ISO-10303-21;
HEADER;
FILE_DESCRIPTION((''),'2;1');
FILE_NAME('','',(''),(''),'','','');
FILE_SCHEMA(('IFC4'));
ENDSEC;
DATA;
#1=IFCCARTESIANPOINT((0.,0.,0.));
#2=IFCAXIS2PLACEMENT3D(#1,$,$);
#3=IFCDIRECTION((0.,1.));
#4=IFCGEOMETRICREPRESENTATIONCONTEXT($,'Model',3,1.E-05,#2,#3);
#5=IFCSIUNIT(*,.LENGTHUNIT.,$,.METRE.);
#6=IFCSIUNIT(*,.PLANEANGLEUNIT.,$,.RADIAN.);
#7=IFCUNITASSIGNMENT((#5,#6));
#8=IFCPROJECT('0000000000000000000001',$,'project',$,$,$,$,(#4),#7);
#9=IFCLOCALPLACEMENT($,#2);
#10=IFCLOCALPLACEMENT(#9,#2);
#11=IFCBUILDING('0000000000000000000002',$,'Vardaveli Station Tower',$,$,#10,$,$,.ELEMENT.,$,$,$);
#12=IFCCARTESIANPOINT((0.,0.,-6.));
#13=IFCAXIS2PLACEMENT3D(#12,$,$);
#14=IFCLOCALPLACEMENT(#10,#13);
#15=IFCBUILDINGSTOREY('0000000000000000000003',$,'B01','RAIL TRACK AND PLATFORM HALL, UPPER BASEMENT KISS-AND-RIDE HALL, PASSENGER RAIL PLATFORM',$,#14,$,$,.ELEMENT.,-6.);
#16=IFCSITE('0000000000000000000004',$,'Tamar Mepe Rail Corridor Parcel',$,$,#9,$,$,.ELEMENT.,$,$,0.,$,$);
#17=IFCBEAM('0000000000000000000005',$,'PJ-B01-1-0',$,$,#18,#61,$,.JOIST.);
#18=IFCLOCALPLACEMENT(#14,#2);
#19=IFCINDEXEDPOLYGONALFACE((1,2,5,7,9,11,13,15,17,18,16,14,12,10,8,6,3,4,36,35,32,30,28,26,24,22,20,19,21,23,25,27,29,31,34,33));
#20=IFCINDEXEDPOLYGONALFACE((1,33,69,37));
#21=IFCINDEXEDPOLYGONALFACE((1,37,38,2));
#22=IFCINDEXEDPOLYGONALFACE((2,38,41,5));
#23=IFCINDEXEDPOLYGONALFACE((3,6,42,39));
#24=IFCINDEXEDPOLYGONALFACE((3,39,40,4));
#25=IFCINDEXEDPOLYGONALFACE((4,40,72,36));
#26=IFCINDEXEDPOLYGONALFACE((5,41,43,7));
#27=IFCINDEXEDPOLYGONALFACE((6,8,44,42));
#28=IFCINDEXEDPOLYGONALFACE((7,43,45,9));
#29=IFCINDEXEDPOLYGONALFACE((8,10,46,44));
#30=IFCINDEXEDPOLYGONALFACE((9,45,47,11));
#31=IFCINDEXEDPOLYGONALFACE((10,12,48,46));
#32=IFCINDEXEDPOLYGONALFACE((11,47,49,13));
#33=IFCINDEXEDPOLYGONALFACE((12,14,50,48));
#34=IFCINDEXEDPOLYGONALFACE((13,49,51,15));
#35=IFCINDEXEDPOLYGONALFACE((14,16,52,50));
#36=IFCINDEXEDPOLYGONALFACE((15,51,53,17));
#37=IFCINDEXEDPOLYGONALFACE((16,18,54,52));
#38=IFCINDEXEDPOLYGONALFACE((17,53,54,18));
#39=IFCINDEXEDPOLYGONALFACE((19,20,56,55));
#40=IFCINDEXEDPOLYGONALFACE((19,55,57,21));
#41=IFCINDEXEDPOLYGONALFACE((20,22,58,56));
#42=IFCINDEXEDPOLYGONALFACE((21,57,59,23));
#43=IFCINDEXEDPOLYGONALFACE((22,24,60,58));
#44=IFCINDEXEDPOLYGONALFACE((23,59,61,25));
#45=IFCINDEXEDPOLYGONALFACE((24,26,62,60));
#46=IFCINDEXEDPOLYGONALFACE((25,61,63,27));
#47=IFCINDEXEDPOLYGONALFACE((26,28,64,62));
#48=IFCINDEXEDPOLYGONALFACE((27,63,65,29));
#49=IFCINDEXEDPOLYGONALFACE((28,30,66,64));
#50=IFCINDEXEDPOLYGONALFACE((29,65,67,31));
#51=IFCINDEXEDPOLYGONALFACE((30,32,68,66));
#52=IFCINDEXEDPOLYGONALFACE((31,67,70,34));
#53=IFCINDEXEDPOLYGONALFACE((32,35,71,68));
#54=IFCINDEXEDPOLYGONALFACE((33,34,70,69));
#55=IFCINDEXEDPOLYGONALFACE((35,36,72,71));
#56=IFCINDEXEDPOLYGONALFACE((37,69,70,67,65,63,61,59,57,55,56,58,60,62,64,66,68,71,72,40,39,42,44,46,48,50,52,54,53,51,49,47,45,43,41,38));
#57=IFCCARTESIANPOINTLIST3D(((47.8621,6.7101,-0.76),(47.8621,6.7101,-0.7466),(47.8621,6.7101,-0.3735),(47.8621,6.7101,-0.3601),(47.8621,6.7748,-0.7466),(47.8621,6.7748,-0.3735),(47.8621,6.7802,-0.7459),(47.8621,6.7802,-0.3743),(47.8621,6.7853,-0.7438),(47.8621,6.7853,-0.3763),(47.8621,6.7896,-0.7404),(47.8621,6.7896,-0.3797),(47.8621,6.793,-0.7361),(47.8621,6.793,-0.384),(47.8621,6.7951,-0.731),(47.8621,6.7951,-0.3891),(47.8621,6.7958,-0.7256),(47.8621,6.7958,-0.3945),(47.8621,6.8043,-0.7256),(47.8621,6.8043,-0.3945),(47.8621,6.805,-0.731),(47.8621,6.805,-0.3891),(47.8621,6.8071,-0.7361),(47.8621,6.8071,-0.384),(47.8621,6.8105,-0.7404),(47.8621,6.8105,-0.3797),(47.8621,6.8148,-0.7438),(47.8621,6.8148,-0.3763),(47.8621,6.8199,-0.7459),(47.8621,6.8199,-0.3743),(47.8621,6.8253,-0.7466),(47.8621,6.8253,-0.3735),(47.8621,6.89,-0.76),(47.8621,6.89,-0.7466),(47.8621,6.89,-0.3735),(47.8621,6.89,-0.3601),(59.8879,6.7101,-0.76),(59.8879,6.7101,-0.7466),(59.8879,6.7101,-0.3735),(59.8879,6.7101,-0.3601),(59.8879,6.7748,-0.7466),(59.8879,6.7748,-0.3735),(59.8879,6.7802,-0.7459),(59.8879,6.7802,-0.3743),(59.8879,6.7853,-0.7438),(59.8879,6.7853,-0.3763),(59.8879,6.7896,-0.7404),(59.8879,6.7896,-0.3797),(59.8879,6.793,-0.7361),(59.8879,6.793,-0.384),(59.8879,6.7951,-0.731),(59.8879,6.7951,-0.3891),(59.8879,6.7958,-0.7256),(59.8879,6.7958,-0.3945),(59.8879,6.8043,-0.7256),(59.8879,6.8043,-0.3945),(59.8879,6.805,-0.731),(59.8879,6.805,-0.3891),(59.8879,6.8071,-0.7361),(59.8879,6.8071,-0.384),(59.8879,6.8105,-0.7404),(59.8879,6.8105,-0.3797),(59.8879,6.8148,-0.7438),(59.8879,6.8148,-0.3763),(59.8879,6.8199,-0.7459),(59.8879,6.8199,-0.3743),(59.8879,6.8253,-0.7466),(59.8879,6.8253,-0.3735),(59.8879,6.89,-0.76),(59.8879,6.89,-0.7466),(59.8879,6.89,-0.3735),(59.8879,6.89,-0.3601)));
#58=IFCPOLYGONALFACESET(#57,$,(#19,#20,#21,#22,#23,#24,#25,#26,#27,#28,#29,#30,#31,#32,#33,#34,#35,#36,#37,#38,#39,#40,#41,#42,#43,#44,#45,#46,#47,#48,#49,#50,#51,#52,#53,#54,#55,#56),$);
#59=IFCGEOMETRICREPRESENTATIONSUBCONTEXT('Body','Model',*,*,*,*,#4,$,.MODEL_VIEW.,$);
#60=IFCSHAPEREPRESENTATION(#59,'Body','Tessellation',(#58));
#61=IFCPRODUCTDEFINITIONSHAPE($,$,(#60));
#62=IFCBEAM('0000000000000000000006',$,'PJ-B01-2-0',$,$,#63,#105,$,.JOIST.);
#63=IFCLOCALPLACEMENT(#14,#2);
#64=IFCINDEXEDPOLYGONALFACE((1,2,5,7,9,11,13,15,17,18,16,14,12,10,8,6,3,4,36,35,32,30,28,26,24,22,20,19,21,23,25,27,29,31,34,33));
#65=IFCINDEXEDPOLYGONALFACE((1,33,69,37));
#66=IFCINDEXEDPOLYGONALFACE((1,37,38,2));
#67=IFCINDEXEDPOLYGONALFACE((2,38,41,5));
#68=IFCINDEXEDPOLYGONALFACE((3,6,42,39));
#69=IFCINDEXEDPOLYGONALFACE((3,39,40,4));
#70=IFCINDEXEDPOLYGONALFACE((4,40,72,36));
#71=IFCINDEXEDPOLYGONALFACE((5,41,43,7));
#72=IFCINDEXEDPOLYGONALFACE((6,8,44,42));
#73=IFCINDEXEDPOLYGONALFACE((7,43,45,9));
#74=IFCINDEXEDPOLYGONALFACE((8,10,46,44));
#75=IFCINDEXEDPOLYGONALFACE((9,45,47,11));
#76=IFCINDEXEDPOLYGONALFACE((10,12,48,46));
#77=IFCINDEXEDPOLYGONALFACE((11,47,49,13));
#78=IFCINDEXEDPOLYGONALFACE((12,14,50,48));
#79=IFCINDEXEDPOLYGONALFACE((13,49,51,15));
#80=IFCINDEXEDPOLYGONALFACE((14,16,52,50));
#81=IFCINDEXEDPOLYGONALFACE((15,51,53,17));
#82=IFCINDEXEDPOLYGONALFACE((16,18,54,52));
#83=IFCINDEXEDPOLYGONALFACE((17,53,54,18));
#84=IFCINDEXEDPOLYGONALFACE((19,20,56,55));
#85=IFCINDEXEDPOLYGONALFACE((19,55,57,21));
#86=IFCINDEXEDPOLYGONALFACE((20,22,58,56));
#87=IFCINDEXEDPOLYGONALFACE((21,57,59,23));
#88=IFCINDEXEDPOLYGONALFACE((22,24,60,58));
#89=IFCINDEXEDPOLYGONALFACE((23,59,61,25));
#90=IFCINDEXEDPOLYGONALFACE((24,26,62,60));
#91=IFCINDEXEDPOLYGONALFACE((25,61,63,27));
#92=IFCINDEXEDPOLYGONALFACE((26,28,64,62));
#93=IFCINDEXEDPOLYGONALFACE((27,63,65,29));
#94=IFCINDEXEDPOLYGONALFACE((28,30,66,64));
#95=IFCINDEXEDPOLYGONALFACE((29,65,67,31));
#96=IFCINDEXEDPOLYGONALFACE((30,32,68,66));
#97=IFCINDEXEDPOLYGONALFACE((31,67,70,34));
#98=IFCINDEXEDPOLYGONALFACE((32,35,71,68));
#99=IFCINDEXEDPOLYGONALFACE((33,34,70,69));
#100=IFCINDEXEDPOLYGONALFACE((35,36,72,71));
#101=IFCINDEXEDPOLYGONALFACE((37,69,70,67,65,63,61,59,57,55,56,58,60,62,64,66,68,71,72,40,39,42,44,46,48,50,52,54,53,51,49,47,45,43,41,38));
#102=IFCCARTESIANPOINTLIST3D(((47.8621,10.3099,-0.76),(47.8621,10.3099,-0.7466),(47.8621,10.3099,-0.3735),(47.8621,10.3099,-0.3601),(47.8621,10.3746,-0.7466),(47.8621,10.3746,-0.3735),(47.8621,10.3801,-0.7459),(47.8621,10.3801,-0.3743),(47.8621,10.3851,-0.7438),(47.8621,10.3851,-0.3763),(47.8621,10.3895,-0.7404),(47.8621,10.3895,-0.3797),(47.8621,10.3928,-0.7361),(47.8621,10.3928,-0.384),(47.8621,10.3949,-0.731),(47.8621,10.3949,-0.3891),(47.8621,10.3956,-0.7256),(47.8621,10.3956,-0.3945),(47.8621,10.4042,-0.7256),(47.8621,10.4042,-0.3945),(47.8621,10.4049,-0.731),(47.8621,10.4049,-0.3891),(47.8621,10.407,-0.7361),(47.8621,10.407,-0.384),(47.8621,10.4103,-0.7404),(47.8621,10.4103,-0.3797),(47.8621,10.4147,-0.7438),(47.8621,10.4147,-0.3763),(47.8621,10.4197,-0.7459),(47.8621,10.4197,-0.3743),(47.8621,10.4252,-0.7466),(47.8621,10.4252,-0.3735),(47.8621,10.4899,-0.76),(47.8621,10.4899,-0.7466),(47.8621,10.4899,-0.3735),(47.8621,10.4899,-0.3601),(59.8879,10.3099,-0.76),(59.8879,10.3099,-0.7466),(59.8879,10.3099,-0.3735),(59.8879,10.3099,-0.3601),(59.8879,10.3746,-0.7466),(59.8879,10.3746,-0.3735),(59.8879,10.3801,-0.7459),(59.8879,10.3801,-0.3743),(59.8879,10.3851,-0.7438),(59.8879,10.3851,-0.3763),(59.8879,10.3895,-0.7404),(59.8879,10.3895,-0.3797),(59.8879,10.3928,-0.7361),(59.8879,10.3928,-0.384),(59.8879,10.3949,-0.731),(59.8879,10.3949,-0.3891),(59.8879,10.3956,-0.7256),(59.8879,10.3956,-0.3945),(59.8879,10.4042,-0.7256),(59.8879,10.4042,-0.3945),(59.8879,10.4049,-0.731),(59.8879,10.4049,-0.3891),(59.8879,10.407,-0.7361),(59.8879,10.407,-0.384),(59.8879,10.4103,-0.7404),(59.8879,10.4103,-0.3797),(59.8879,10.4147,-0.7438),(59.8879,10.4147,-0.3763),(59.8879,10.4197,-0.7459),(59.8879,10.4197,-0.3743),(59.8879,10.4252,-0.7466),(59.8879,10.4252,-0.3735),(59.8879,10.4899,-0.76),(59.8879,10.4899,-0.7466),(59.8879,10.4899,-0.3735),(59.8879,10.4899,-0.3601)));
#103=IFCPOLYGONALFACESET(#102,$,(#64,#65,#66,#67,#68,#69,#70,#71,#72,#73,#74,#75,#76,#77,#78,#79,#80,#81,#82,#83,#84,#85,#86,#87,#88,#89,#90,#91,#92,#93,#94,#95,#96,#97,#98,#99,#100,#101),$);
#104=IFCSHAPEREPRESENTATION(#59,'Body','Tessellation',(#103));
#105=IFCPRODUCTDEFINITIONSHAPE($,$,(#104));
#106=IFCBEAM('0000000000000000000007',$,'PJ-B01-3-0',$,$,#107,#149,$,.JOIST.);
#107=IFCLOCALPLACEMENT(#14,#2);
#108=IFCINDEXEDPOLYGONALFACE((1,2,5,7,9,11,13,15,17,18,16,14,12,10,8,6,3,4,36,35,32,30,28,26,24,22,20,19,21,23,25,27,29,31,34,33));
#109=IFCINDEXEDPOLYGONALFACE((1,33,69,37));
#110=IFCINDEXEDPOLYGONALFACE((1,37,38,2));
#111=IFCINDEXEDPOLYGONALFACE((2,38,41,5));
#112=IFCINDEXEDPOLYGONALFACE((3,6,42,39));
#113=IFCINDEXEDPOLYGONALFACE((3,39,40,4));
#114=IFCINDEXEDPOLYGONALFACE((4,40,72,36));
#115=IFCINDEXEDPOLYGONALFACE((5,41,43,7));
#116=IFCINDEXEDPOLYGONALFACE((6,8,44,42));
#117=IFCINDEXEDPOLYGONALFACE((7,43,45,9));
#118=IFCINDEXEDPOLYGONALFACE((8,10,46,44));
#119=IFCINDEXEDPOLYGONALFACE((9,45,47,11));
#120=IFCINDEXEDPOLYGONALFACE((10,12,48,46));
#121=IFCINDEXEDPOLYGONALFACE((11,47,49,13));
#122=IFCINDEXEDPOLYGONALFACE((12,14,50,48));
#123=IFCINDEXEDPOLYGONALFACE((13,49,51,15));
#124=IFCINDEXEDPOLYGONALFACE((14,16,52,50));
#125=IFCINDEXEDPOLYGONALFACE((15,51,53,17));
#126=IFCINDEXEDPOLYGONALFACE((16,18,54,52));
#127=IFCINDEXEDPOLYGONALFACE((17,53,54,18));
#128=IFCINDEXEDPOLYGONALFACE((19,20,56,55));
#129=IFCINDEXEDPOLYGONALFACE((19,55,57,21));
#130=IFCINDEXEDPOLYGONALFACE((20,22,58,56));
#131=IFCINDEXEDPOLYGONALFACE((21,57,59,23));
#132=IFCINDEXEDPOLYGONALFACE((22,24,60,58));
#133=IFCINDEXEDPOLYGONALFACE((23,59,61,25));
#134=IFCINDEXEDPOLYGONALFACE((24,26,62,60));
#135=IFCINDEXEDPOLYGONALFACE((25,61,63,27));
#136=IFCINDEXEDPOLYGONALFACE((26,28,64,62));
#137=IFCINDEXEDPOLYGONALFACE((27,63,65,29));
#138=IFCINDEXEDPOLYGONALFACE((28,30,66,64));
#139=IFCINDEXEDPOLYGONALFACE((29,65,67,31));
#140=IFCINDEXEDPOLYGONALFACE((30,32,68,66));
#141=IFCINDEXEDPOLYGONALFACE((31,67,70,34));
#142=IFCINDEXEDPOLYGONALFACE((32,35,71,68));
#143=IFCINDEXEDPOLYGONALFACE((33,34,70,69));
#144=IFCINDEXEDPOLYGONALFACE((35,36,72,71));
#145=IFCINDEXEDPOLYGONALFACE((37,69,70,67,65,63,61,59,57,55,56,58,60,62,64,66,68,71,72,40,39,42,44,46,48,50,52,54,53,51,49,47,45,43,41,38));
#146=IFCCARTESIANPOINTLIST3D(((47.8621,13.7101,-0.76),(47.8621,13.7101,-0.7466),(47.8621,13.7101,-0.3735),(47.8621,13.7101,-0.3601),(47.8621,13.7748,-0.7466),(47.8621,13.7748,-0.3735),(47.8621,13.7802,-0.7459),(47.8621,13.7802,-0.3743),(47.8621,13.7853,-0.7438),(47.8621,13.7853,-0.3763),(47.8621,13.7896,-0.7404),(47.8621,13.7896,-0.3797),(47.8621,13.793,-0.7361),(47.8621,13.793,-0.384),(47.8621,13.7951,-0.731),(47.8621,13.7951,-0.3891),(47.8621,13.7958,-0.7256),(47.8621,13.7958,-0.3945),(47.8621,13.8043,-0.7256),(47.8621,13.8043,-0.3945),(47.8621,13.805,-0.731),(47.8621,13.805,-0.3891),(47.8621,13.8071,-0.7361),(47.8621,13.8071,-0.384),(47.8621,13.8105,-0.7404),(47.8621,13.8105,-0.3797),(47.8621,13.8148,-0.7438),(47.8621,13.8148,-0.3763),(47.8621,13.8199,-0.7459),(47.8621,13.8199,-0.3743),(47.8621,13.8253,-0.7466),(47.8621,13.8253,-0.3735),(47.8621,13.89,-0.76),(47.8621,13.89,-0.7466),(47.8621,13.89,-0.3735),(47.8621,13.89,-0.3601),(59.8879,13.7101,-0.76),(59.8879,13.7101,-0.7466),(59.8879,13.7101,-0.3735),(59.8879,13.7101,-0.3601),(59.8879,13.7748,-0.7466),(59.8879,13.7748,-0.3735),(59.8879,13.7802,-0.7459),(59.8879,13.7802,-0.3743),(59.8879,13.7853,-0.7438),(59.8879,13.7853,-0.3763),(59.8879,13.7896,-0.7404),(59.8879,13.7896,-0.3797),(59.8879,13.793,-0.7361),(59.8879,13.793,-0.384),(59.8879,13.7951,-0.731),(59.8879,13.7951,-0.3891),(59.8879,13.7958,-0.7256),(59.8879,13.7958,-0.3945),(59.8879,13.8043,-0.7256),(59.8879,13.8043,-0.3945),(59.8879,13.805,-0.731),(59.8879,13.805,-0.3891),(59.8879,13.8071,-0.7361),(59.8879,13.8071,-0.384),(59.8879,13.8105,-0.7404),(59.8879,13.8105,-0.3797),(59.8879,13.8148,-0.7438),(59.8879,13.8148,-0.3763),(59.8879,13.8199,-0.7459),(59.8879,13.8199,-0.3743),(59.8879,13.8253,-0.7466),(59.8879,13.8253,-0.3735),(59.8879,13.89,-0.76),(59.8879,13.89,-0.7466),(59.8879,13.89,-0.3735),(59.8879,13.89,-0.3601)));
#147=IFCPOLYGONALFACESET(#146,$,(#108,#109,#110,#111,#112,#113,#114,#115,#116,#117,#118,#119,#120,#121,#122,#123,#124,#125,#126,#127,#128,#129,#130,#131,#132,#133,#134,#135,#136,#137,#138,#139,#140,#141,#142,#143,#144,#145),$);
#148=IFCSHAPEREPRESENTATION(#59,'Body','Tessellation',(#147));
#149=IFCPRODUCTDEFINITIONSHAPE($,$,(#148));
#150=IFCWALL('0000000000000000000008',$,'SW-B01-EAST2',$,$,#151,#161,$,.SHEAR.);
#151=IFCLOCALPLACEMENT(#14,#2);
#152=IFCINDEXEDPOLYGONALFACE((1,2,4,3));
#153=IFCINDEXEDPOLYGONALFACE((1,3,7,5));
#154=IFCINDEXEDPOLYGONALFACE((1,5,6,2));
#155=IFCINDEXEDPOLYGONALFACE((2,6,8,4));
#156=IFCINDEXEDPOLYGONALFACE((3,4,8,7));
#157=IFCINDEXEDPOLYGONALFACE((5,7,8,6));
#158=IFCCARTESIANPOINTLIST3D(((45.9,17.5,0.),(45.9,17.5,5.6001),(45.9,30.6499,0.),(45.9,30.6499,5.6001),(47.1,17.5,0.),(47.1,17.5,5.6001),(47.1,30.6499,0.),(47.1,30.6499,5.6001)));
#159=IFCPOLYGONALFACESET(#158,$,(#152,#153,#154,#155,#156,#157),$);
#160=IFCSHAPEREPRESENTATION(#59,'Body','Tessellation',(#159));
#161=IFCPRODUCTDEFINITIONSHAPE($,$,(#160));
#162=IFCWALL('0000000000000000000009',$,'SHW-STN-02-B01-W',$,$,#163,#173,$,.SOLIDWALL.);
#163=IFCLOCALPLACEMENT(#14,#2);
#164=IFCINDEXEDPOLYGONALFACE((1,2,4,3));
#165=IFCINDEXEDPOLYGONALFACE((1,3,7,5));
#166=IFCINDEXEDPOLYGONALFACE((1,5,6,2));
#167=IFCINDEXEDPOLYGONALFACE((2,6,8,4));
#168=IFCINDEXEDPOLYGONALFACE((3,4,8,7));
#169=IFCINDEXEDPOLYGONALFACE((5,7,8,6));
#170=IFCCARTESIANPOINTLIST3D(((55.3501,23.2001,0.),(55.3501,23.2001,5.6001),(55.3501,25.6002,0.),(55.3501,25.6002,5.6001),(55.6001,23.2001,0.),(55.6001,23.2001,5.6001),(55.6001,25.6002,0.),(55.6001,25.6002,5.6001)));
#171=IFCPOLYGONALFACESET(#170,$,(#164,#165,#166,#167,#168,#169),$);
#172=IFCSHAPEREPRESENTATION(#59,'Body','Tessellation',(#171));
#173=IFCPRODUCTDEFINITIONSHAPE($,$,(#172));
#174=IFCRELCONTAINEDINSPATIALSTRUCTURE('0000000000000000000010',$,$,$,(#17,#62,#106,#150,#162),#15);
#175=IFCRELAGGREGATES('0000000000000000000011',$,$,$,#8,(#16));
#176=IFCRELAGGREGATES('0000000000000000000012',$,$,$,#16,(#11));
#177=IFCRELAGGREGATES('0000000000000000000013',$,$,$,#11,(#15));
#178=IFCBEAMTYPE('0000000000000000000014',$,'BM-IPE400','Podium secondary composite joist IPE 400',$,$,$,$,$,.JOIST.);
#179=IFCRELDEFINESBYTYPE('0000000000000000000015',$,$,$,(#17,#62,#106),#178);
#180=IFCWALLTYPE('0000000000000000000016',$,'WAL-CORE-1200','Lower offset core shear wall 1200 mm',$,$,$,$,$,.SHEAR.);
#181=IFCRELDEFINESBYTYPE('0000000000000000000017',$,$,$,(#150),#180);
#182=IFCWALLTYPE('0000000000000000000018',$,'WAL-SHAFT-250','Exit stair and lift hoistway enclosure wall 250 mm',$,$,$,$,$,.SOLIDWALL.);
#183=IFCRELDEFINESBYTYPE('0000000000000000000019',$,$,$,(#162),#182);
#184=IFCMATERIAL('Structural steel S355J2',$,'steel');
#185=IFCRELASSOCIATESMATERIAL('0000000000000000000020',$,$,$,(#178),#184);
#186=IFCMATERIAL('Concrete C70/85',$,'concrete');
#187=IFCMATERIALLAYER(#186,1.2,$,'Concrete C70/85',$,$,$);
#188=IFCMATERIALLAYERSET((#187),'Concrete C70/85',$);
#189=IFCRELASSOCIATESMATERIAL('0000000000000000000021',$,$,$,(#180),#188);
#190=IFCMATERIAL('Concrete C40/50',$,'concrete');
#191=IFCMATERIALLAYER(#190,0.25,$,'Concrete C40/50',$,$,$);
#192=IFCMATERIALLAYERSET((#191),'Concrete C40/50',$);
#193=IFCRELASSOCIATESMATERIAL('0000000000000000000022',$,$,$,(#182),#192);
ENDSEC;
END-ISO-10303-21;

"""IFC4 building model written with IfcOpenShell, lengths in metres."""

from ifc_helpers import new_model, si_unit, direction, frame, frame_2d, origin, origin_2d, place, context, subcontext, project, spatial, rectangle, i_section, extrude, source, transform, mapped, material, layer, layer_set, material_profile, profile_set, type_object, element, save


model = new_model("IFC4")

# Units and contexts
model_context = context("Model", 3, precision=1e-05, world=origin(), true_north=direction((0.0, 1.0)))
body_context = subcontext(model_context, "Body", "Model", "MODEL_VIEW")
ifc_project = project(units=[si_unit("LENGTHUNIT", "METRE"), si_unit("PLANEANGLEUNIT", "RADIAN")], contexts=[model_context])

# Site, building, storey
site_placement = place(None, origin())
site = spatial("IfcSite", under=ifc_project, at=site_placement, Name="Tamar Mepe Rail Corridor Parcel", CompositionType="ELEMENT", RefElevation=0.0)
building_placement = place(site_placement, origin())
building = spatial("IfcBuilding", under=site, at=building_placement, Name="Vardaveli Station Tower", CompositionType="ELEMENT")
storey_placement = place(building_placement, frame((0.0, 0.0, -6.0)))
storey = spatial("IfcBuildingStorey", under=building, at=storey_placement, Name="B01", Description="RAIL TRACK AND PLATFORM HALL, UPPER BASEMENT KISS-AND-RIDE HALL, PASSENGER RAIL PLATFORM", CompositionType="ELEMENT", Elevation=-6.0)

# Shared definitions
ifc_material_1 = material(Name="Concrete C70/85", Category="concrete")

# Beams
ifc_material_2 = material(Name="Structural steel S355J2", Category="steel")
ifc_material_profile_1 = material_profile(ifc_material_2, i_section(OverallWidth=0.1799, OverallDepth=0.3999, WebThickness=0.0085, FlangeThickness=0.0134, FilletRadius=0.021, at=origin_2d()), Name="IPE 400")
ifc_profile_set_1 = profile_set([ifc_material_profile_1], Name="Structural steel S355J2")
beam_type_1 = type_object("IfcBeamType", Name="BM-IPE400", Description="Podium secondary composite joist IPE 400", PredefinedType="JOIST", material=ifc_profile_set_1)
shared_shape_1 = source(origin(), body_context, "Body", "SweptSolid", [
    extrude(i_section(OverallWidth=0.1799, OverallDepth=0.3999, WebThickness=0.0085, FlangeThickness=0.0134, FilletRadius=0.021, at=origin_2d()), origin(), (0.0, 0.0, 1.0), 12.0259),
])
for number, where, z_axis, x_axis, name in (
    (1, (47.8621, 6.8, -0.5601), (1.0, 0.0, 0.0), (0.0, 1.0, 0.0), "PJ-B01-1-0"),
    (2, (47.8621, 10.3999, -0.5601), (1.0, 0.0, 0.0), (0.0, 1.0, 0.0), "PJ-B01-2-0"),
    (3, (47.8621, 13.8, -0.5601), (1.0, 0.0, 0.0), (0.0, 1.0, 0.0), "PJ-B01-3-0"),
):
    element("IfcBeam", number, at=place(storey_placement, frame(where, z_axis=z_axis, x_axis=x_axis)), inside=storey, type_object=beam_type_1, Name=name, PredefinedType="JOIST", context=body_context, shape_type="MappedRepresentation", body=[
        mapped(shared_shape_1, transform((0.0, 0.0, 0.0), scale=1.0)),
    ])

# Walls
ifc_layer_1 = layer(ifc_material_1, 1.2, Name="Concrete C70/85")
ifc_layer_set_1 = layer_set([ifc_layer_1], Name="Concrete C70/85")
wall_type_1 = type_object("IfcWallType", Name="WAL-CORE-1200", Description="Lower offset core shear wall 1200 mm", PredefinedType="SHEAR", material=ifc_layer_set_1)
shared_shape_2 = source(origin(), body_context, "Body", "SweptSolid", [
    extrude(rectangle(XDim=13.1499, YDim=1.2, at=frame_2d((6.575, 0.0))), origin(), (0.0, 0.0, 1.0), 5.6001),
])
wall_1_placement = place(storey_placement, frame((46.5, 17.5, 0.0), z_axis=(0.0, 0.0, 1.0), x_axis=(0.0, 1.0, 0.0)))
element("IfcWall", 4, at=wall_1_placement, inside=storey, type_object=wall_type_1, Name="SW-B01-EAST2", PredefinedType="SHEAR", context=body_context, shape_type="MappedRepresentation", body=[
    mapped(shared_shape_2, transform((0.0, 0.0, 0.0), scale=1.0)),
])
ifc_material_3 = material(Name="Concrete C40/50", Category="concrete")
ifc_layer_2 = layer(ifc_material_3, 0.25, Name="Concrete C40/50")
ifc_layer_set_2 = layer_set([ifc_layer_2], Name="Concrete C40/50")
wall_type_2 = type_object("IfcWallType", Name="WAL-SHAFT-250", Description="Exit stair and lift hoistway enclosure wall 250 mm", PredefinedType="SOLIDWALL", material=ifc_layer_set_2)
shared_shape_3 = source(origin(), body_context, "Body", "SweptSolid", [
    extrude(rectangle(XDim=2.4001, YDim=0.25, at=frame_2d((1.2002, 0.0))), origin(), (0.0, 0.0, 1.0), 5.6001),
])
wall_2_placement = place(storey_placement, frame((55.4751, 23.2, 0.0), z_axis=(0.0, 0.0, 1.0), x_axis=(0.0, 1.0, 0.0)))
element("IfcWall", 5, at=wall_2_placement, inside=storey, type_object=wall_type_2, Name="SHW-STN-02-B01-W", PredefinedType="SOLIDWALL", context=body_context, shape_type="MappedRepresentation", body=[
    mapped(shared_shape_3, transform((0.0, 0.0, 0.0), scale=1.0)),
])

save(model, "model.ifc")
